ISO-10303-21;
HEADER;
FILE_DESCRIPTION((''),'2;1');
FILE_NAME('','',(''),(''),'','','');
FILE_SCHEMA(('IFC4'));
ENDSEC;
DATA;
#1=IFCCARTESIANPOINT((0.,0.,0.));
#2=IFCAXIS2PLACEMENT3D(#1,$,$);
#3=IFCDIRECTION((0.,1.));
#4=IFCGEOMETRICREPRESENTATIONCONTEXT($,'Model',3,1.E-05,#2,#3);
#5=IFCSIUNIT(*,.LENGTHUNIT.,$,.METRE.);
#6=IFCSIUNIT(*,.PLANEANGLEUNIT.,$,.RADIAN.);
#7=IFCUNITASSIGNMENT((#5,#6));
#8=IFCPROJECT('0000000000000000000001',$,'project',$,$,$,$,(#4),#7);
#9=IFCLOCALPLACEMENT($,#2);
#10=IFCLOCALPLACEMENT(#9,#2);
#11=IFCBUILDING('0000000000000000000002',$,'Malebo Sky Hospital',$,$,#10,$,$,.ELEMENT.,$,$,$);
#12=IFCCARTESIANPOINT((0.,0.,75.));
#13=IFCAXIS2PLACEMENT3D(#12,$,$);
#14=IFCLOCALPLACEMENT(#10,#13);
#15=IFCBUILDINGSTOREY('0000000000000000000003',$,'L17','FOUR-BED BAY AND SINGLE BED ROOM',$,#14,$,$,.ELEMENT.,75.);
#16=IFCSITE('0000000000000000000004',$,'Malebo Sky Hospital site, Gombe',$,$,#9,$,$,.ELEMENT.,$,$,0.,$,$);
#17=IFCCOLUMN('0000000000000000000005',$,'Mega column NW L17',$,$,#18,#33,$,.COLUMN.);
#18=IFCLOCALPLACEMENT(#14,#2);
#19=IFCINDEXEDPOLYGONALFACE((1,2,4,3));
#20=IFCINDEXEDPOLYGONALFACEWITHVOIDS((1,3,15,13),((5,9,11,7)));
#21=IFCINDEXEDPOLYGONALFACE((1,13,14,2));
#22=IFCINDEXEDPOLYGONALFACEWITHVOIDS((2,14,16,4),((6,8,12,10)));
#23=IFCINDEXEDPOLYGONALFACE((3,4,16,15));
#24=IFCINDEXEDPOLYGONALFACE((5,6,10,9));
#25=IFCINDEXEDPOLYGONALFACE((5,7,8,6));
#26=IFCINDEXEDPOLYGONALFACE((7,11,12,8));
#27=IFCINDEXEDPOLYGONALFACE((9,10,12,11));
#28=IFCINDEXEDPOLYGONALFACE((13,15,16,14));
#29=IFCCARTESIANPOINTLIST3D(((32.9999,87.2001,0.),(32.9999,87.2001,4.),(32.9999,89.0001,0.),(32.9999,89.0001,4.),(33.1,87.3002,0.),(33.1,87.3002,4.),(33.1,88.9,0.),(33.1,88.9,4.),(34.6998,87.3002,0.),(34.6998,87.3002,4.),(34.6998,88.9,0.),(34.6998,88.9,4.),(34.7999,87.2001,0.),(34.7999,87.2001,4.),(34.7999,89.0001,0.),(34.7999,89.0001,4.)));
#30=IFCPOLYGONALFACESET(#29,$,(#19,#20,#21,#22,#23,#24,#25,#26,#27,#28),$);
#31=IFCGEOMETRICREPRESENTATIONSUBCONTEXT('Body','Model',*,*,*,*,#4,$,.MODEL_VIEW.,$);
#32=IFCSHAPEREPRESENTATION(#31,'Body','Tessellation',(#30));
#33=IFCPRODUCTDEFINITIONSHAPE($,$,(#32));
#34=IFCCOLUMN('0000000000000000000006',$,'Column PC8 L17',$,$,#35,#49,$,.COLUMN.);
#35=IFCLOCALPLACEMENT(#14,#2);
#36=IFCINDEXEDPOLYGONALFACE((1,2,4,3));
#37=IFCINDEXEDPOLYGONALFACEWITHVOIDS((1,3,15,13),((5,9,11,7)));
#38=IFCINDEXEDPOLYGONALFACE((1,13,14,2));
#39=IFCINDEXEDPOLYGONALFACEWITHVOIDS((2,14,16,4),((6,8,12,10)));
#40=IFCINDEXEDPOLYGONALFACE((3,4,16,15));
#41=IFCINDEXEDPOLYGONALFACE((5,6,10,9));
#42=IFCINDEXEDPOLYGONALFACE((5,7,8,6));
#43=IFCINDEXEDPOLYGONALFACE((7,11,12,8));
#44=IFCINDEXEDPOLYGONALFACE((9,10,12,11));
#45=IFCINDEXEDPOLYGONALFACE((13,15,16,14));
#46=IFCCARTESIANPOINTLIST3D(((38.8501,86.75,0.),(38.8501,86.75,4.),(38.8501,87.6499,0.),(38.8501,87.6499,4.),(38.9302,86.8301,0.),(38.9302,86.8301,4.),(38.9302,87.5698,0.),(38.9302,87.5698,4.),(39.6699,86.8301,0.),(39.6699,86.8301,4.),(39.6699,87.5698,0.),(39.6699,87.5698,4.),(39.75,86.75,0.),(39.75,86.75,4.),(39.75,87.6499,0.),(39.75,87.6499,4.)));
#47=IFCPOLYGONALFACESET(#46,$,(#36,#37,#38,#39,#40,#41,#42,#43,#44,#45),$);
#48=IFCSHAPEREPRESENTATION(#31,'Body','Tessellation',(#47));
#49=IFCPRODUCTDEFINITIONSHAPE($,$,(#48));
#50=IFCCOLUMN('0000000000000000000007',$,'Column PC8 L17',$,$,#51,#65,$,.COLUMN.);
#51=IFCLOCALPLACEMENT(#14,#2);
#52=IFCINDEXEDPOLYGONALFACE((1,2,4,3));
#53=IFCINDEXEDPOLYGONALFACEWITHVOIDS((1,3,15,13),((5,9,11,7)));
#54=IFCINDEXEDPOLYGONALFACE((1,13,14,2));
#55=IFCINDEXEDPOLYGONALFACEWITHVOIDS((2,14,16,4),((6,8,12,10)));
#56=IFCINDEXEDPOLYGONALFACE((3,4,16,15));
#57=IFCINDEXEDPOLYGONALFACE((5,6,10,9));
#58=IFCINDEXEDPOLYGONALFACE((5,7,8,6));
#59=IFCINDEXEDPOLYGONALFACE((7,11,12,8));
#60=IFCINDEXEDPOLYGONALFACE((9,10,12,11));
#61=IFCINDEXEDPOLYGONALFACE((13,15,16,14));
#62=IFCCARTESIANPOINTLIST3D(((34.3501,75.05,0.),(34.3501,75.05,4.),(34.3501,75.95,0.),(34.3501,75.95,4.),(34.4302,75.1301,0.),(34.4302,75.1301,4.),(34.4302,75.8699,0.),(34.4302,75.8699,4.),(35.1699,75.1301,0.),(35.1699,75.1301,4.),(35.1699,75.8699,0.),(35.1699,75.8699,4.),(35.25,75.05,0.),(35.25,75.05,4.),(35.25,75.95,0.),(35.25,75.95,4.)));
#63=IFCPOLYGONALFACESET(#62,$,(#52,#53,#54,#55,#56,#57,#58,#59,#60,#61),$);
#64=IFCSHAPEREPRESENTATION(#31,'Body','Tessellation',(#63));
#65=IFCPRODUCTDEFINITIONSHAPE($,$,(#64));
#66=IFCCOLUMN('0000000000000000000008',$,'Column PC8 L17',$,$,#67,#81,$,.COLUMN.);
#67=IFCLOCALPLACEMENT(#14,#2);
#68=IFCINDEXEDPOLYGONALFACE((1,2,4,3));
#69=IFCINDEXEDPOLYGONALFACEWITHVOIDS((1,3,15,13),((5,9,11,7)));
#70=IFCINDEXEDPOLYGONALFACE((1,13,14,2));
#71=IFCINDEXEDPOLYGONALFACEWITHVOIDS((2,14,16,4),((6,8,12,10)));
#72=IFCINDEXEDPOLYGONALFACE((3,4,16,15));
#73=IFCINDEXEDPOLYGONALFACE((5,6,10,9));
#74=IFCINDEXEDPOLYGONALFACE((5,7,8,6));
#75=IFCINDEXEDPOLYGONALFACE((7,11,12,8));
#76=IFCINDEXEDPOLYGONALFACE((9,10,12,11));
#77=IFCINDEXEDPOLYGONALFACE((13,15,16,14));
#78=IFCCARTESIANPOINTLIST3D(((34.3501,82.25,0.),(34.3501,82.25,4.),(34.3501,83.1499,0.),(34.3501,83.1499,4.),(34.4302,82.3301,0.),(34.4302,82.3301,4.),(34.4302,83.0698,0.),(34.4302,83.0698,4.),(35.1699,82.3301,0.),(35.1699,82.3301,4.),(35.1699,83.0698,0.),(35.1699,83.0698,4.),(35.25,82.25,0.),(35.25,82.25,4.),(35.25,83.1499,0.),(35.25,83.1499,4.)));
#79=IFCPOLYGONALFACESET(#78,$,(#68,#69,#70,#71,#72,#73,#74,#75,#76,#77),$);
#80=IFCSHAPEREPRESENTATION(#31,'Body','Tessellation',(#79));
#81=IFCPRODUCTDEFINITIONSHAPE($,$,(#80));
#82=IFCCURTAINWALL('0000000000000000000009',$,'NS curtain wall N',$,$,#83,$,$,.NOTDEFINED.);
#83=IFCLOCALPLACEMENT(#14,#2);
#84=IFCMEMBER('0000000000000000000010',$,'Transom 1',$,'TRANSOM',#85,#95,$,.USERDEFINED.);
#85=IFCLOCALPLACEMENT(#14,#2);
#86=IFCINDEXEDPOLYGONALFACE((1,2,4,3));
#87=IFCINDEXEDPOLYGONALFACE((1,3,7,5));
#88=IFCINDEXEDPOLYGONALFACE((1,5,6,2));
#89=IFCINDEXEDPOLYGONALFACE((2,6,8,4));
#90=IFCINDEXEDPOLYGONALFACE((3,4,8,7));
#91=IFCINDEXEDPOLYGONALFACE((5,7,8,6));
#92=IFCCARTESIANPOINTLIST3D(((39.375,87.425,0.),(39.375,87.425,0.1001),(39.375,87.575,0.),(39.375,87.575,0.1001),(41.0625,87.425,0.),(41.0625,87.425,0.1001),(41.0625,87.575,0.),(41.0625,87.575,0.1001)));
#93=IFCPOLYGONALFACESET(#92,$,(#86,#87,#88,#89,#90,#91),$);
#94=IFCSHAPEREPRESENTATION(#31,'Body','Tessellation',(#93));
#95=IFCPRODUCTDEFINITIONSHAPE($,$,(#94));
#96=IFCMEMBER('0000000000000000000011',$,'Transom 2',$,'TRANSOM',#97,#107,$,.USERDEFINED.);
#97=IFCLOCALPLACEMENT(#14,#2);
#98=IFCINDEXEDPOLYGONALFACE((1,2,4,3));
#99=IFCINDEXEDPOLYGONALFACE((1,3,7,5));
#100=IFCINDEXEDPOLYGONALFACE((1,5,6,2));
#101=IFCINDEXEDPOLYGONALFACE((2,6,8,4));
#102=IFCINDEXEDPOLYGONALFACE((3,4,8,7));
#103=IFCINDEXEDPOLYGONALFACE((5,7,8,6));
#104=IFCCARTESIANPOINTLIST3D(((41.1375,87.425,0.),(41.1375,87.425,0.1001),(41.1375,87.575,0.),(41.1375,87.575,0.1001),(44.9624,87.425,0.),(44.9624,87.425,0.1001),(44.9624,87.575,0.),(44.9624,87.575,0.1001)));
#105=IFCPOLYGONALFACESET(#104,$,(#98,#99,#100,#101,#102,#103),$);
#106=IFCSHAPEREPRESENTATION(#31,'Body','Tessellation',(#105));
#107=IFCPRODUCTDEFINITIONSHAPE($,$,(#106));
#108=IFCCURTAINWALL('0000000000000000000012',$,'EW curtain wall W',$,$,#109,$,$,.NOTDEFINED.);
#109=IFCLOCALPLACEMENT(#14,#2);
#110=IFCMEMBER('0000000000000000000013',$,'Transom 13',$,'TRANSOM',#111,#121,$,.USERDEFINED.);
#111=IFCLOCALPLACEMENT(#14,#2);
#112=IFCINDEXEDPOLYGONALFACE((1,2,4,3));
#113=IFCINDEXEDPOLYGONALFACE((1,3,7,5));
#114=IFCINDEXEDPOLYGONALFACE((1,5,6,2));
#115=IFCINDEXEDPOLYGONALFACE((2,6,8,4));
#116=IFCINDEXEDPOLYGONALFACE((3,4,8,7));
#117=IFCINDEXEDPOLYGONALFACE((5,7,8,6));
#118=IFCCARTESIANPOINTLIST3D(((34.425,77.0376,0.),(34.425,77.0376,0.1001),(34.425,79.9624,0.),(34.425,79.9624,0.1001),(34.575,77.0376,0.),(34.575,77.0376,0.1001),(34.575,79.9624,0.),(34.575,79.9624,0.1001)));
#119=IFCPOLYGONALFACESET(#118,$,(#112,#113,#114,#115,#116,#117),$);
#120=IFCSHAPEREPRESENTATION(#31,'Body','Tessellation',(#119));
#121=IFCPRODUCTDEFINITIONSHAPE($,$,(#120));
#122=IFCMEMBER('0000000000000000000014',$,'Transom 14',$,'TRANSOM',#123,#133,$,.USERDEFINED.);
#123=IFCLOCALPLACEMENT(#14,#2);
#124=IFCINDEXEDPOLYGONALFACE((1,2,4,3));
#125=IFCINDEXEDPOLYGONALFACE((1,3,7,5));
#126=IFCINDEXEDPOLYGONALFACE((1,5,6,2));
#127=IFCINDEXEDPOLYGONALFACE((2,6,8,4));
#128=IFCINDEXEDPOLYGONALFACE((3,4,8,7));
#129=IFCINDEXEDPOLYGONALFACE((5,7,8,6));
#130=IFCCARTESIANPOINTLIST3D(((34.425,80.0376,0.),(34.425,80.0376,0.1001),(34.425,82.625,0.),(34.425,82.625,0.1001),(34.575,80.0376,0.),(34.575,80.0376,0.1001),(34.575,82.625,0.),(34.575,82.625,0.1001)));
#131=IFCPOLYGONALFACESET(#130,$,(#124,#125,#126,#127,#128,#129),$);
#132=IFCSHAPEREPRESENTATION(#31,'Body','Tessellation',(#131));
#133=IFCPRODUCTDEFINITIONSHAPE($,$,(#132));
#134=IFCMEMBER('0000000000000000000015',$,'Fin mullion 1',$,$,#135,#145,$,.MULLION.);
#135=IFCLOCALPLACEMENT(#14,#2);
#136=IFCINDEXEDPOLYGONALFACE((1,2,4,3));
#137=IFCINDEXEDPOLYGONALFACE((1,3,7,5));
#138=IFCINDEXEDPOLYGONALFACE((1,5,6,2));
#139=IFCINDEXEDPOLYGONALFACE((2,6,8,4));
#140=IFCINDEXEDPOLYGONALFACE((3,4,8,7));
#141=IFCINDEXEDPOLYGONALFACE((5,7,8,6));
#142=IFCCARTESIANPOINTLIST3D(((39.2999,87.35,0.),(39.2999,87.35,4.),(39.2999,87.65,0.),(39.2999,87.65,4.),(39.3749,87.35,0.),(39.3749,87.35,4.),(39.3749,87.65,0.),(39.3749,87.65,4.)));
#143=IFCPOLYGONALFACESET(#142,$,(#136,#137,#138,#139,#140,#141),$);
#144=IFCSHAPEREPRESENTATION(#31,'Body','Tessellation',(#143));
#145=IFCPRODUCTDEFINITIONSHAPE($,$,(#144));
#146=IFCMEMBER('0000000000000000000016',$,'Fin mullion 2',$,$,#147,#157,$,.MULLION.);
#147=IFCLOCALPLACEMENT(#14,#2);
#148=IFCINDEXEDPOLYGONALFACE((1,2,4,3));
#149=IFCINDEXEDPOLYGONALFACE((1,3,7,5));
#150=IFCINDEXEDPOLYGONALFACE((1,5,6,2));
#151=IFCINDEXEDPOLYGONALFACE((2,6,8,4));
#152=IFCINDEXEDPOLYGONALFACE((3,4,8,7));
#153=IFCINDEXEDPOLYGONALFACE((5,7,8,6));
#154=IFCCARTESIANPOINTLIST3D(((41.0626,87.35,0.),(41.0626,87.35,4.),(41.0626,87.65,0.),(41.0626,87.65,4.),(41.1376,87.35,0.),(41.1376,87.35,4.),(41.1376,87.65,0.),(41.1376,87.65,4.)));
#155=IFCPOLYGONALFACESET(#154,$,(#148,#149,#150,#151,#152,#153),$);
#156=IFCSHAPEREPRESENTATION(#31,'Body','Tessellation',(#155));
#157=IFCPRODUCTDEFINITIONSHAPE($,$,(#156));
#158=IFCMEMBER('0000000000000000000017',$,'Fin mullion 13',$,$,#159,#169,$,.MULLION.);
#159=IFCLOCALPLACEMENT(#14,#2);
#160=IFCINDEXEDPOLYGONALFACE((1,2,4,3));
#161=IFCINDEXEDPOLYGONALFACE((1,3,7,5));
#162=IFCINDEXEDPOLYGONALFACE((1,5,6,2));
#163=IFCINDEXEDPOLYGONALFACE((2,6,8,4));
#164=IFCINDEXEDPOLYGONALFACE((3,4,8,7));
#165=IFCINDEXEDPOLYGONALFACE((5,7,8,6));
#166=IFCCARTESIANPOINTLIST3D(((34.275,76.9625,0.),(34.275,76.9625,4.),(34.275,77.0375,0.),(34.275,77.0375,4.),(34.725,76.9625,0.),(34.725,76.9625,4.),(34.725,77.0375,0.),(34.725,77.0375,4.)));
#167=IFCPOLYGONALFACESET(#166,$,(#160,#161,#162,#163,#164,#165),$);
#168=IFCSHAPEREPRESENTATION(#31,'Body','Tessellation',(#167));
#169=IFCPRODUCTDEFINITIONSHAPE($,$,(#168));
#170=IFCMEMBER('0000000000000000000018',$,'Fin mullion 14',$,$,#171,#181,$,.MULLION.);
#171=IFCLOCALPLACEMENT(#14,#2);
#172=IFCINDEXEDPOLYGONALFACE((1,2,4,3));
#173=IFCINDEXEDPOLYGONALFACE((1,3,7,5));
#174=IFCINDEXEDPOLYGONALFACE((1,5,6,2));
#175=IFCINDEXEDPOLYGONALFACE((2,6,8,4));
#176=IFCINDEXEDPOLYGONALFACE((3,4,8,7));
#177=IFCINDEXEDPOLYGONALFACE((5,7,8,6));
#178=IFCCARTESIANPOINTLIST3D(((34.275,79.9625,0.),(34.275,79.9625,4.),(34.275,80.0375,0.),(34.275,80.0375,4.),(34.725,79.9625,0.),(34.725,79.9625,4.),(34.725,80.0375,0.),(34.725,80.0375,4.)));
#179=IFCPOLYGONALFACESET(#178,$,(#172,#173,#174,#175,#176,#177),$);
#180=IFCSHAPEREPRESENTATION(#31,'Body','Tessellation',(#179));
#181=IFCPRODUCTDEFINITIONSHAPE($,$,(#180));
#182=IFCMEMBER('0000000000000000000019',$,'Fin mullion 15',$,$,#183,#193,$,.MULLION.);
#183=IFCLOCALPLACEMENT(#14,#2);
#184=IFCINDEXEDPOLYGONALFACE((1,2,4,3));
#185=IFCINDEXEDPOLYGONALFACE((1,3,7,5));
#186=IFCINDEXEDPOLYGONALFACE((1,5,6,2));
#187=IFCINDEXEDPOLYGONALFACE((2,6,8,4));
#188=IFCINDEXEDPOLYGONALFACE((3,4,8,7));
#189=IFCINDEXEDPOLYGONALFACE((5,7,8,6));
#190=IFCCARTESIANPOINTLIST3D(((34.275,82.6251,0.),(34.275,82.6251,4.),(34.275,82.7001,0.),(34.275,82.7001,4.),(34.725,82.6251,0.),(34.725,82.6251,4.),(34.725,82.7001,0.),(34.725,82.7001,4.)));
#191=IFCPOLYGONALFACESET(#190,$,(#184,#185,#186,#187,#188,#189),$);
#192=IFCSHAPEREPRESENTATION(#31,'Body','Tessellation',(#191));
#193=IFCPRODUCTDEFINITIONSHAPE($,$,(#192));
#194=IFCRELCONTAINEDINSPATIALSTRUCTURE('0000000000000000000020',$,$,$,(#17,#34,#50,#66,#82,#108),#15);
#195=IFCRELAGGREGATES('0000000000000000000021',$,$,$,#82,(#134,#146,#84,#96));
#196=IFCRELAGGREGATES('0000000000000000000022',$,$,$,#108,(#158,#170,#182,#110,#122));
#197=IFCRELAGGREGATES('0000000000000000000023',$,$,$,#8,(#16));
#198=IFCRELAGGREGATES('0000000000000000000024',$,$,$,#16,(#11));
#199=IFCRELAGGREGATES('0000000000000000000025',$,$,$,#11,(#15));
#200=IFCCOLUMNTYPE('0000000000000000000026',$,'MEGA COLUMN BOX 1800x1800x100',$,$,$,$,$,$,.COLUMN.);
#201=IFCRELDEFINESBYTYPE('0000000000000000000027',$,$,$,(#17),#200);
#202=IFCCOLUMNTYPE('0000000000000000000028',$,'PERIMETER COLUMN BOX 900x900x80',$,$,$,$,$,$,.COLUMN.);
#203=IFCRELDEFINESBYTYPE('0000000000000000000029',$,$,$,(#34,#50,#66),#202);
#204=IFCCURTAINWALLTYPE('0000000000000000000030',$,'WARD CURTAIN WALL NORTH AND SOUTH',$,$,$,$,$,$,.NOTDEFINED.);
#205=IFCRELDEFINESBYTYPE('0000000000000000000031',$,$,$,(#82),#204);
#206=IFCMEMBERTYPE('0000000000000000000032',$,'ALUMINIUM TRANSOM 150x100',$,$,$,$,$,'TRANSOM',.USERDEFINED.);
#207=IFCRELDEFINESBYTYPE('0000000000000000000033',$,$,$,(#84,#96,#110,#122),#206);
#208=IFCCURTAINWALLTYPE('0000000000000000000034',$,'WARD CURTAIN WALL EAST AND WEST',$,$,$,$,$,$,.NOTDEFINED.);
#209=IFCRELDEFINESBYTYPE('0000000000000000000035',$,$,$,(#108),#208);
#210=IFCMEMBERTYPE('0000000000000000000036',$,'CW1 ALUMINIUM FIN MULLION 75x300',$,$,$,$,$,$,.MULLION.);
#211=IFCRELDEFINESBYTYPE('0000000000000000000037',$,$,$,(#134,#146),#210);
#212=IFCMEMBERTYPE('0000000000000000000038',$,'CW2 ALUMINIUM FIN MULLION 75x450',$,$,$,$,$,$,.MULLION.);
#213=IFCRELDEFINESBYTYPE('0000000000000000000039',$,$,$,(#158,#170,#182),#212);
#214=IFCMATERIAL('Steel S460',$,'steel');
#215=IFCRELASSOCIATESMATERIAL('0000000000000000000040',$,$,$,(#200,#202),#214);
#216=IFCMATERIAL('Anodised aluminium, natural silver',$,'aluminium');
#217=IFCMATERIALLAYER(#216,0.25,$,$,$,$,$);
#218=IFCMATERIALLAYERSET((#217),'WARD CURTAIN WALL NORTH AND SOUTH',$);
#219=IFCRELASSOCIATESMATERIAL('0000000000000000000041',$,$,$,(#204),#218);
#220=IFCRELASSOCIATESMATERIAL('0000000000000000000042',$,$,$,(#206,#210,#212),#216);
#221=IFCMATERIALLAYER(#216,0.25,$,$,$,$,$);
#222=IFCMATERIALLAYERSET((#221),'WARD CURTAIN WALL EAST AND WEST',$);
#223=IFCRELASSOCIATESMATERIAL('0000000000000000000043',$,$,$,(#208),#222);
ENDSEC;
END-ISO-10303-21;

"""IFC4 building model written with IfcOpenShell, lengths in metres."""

from ifc_helpers import new_model, si_unit, direction, frame, origin, origin_2d, place, context, subcontext, project, spatial, rectangle, hollow_rectangle, extrude, material, layer, layer_set, material_profile, profile_set, type_object, element, aggregate, save


model = new_model("IFC4")

# Units and contexts
model_context = context("Model", 3, precision=1e-05, world=origin(), true_north=direction((0.0, 1.0)))
body_context = subcontext(model_context, "Body", "Model", "MODEL_VIEW")
ifc_project = project(units=[si_unit("LENGTHUNIT", "METRE"), si_unit("PLANEANGLEUNIT", "RADIAN")], contexts=[model_context])

# Site, building, storey
site_placement = place(None, origin())
site = spatial("IfcSite", under=ifc_project, at=site_placement, Name="Malebo Sky Hospital site, Gombe", CompositionType="ELEMENT", RefElevation=0.0)
building_placement = place(site_placement, origin())
building = spatial("IfcBuilding", under=site, at=building_placement, Name="Malebo Sky Hospital", CompositionType="ELEMENT")
storey_placement = place(building_placement, frame((0.0, 0.0, 75.0)))
storey = spatial("IfcBuildingStorey", under=building, at=storey_placement, Name="L17", Description="FOUR-BED BAY AND SINGLE BED ROOM", CompositionType="ELEMENT", Elevation=75.0)

# Columns
ifc_material_1 = material(Name="Steel S460", Category="steel")
ifc_material_profile_1 = material_profile(ifc_material_1, hollow_rectangle(XDim=1.8, YDim=1.8, WallThickness=0.1001, at=origin_2d()), Name="BOX 1800x1800x100")
ifc_profile_set_1 = profile_set([ifc_material_profile_1], Name="Steel S460")
column_type_1 = type_object("IfcColumnType", Name="MEGA COLUMN BOX 1800x1800x100", PredefinedType="COLUMN", material=ifc_profile_set_1)
column_placement = place(storey_placement, frame((33.8999, 88.1001, 0.0), z_axis=(0.0, 0.0, 1.0), x_axis=(1.0, 0.0, 0.0)))
element("IfcColumn", 1, at=column_placement, inside=storey, type_object=column_type_1, Name="Mega column NW L17", PredefinedType="COLUMN", context=body_context, shape_type="SweptSolid", body=[
    extrude(hollow_rectangle(XDim=1.8, YDim=1.8, WallThickness=0.1001, at=origin_2d()), origin(), (0.0, 0.0, 1.0), 4.0),
])
ifc_material_profile_2 = material_profile(ifc_material_1, hollow_rectangle(XDim=0.8999, YDim=0.8999, WallThickness=0.0801, at=origin_2d()), Name="BOX 900x900x80")
ifc_profile_set_2 = profile_set([ifc_material_profile_2], Name="Steel S460")
column_type_2 = type_object("IfcColumnType", Name="PERIMETER COLUMN BOX 900x900x80", PredefinedType="COLUMN", material=ifc_profile_set_2)
for number, where, z_axis, x_axis, name in (
    (2, (39.3, 87.2, 0.0), (0.0, 0.0, 1.0), (1.0, 0.0, 0.0), "Column PC8 L17"),
    (3, (34.8, 75.5, 0.0), (0.0, 0.0, 1.0), (1.0, 0.0, 0.0), "Column PC8 L17"),
    (4, (34.8, 82.7, 0.0), (0.0, 0.0, 1.0), (1.0, 0.0, 0.0), "Column PC8 L17"),
):
    element("IfcColumn", number, at=place(storey_placement, frame(where, z_axis=z_axis, x_axis=x_axis)), inside=storey, type_object=column_type_2, Name=name, PredefinedType="COLUMN", context=body_context, shape_type="SweptSolid", body=[
        extrude(hollow_rectangle(XDim=0.8999, YDim=0.8999, WallThickness=0.0801, at=origin_2d()), origin(), (0.0, 0.0, 1.0), 4.0),
    ])

# Curtain walls, members
ifc_material_2 = material(Name="Anodised aluminium, natural silver", Category="aluminium")
ifc_layer_1 = layer(ifc_material_2, 0.25)
ifc_layer_set_1 = layer_set([ifc_layer_1], Name="WARD CURTAIN WALL NORTH AND SOUTH")
curtain_wall_type_1 = type_object("IfcCurtainWallType", Name="WARD CURTAIN WALL NORTH AND SOUTH", PredefinedType="NOTDEFINED", material=ifc_layer_set_1)
curtain_wall_1_placement = place(storey_placement, origin())
curtain_wall_1 = element("IfcCurtainWall", 5, at=curtain_wall_1_placement, inside=storey, type_object=curtain_wall_type_1, Name="NS curtain wall N", PredefinedType="NOTDEFINED")
ifc_material_profile_3 = material_profile(ifc_material_2, rectangle(XDim=0.1499, YDim=0.1001, at=origin_2d()), Name="ALUMINIUM TRANSOM 150x100")
ifc_profile_set_3 = profile_set([ifc_material_profile_3], Name="Anodised aluminium, natural silver")
member_type_1 = type_object("IfcMemberType", Name="ALUMINIUM TRANSOM 150x100", ElementType="TRANSOM", PredefinedType="USERDEFINED", material=ifc_profile_set_3)
member_1_placement = place(storey_placement, frame((39.375, 87.5, 0.05), z_axis=(1.0, 0.0, 0.0), x_axis=(0.0, 1.0, 0.0)))
member_1 = element("IfcMember", 6, at=member_1_placement, type_object=member_type_1, Name="Transom 1", ObjectType="TRANSOM", PredefinedType="USERDEFINED", context=body_context, shape_type="SweptSolid", body=[
    extrude(rectangle(XDim=0.1499, YDim=0.1001, at=origin_2d()), origin(), (0.0, 0.0, 1.0), 1.6875),
])
member_2_placement = place(storey_placement, frame((41.1375, 87.5, 0.05), z_axis=(1.0, 0.0, 0.0), x_axis=(0.0, 1.0, 0.0)))
member_2 = element("IfcMember", 7, at=member_2_placement, type_object=member_type_1, Name="Transom 2", ObjectType="TRANSOM", PredefinedType="USERDEFINED", context=body_context, shape_type="SweptSolid", body=[
    extrude(rectangle(XDim=0.1499, YDim=0.1001, at=origin_2d()), origin(), (0.0, 0.0, 1.0), 3.825),
])
ifc_layer_2 = layer(ifc_material_2, 0.25)
ifc_layer_set_2 = layer_set([ifc_layer_2], Name="WARD CURTAIN WALL EAST AND WEST")
curtain_wall_type_2 = type_object("IfcCurtainWallType", Name="WARD CURTAIN WALL EAST AND WEST", PredefinedType="NOTDEFINED", material=ifc_layer_set_2)
curtain_wall_2_placement = place(storey_placement, origin())
curtain_wall_2 = element("IfcCurtainWall", 8, at=curtain_wall_2_placement, inside=storey, type_object=curtain_wall_type_2, Name="EW curtain wall W", PredefinedType="NOTDEFINED")
member_3_placement = place(storey_placement, frame((34.5, 77.0376, 0.05), z_axis=(0.0, 1.0, 0.0), x_axis=(-1.0, 0.0, 0.0)))
member_3 = element("IfcMember", 9, at=member_3_placement, type_object=member_type_1, Name="Transom 13", ObjectType="TRANSOM", PredefinedType="USERDEFINED", context=body_context, shape_type="SweptSolid", body=[
    extrude(rectangle(XDim=0.1499, YDim=0.1001, at=origin_2d()), origin(), (0.0, 0.0, 1.0), 2.9248),
])
member_4_placement = place(storey_placement, frame((34.5, 80.0376, 0.05), z_axis=(0.0, 1.0, 0.0), x_axis=(-1.0, 0.0, 0.0)))
member_4 = element("IfcMember", 10, at=member_4_placement, type_object=member_type_1, Name="Transom 14", ObjectType="TRANSOM", PredefinedType="USERDEFINED", context=body_context, shape_type="SweptSolid", body=[
    extrude(rectangle(XDim=0.1499, YDim=0.1001, at=origin_2d()), origin(), (0.0, 0.0, 1.0), 2.5874),
])

# Members
ifc_material_profile_4 = material_profile(ifc_material_2, rectangle(XDim=0.075, YDim=0.3, at=origin_2d()), Name="CW1 ALUMINIUM FIN MULLION 75x300")
ifc_profile_set_4 = profile_set([ifc_material_profile_4], Name="Anodised aluminium, natural silver")
member_type_2 = type_object("IfcMemberType", Name="CW1 ALUMINIUM FIN MULLION 75x300", PredefinedType="MULLION", material=ifc_profile_set_4)
member_5_placement = place(storey_placement, frame((39.3374, 87.5, 0.0), z_axis=(0.0, 0.0, 1.0), x_axis=(1.0, 0.0, 0.0)))
member_5 = element("IfcMember", 11, at=member_5_placement, type_object=member_type_2, Name="Fin mullion 1", PredefinedType="MULLION", context=body_context, shape_type="SweptSolid", body=[
    extrude(rectangle(XDim=0.075, YDim=0.3, at=origin_2d()), origin(), (0.0, 0.0, 1.0), 4.0),
])
member_6_placement = place(storey_placement, frame((41.1001, 87.5, 0.0), z_axis=(0.0, 0.0, 1.0), x_axis=(1.0, 0.0, 0.0)))
member_6 = element("IfcMember", 12, at=member_6_placement, type_object=member_type_2, Name="Fin mullion 2", PredefinedType="MULLION", context=body_context, shape_type="SweptSolid", body=[
    extrude(rectangle(XDim=0.075, YDim=0.3, at=origin_2d()), origin(), (0.0, 0.0, 1.0), 4.0),
])
ifc_material_profile_5 = material_profile(ifc_material_2, rectangle(XDim=0.075, YDim=0.45, at=origin_2d()), Name="CW2 ALUMINIUM FIN MULLION 75x450")
ifc_profile_set_5 = profile_set([ifc_material_profile_5], Name="Anodised aluminium, natural silver")
member_type_3 = type_object("IfcMemberType", Name="CW2 ALUMINIUM FIN MULLION 75x450", PredefinedType="MULLION", material=ifc_profile_set_5)
member_7_placement = place(storey_placement, frame((34.5, 77.0, 0.0), z_axis=(0.0, 0.0, 1.0), x_axis=(0.0, 1.0, 0.0)))
member_7 = element("IfcMember", 13, at=member_7_placement, type_object=member_type_3, Name="Fin mullion 13", PredefinedType="MULLION", context=body_context, shape_type="SweptSolid", body=[
    extrude(rectangle(XDim=0.075, YDim=0.45, at=origin_2d()), origin(), (0.0, 0.0, 1.0), 4.0),
])
member_8_placement = place(storey_placement, frame((34.5, 80.0, 0.0), z_axis=(0.0, 0.0, 1.0), x_axis=(0.0, 1.0, 0.0)))
member_8 = element("IfcMember", 14, at=member_8_placement, type_object=member_type_3, Name="Fin mullion 14", PredefinedType="MULLION", context=body_context, shape_type="SweptSolid", body=[
    extrude(rectangle(XDim=0.075, YDim=0.45, at=origin_2d()), origin(), (0.0, 0.0, 1.0), 4.0),
])
member_9_placement = place(storey_placement, frame((34.5, 82.6626, 0.0), z_axis=(0.0, 0.0, 1.0), x_axis=(0.0, 1.0, 0.0)))
member_9 = element("IfcMember", 15, at=member_9_placement, type_object=member_type_3, Name="Fin mullion 15", PredefinedType="MULLION", context=body_context, shape_type="SweptSolid", body=[
    extrude(rectangle(XDim=0.075, YDim=0.45, at=origin_2d()), origin(), (0.0, 0.0, 1.0), 4.0),
])

aggregate(curtain_wall_1, [member_5, member_6, member_1, member_2])
aggregate(curtain_wall_2, [member_7, member_8, member_9, member_3, member_4])

save(model, "model.ifc")
